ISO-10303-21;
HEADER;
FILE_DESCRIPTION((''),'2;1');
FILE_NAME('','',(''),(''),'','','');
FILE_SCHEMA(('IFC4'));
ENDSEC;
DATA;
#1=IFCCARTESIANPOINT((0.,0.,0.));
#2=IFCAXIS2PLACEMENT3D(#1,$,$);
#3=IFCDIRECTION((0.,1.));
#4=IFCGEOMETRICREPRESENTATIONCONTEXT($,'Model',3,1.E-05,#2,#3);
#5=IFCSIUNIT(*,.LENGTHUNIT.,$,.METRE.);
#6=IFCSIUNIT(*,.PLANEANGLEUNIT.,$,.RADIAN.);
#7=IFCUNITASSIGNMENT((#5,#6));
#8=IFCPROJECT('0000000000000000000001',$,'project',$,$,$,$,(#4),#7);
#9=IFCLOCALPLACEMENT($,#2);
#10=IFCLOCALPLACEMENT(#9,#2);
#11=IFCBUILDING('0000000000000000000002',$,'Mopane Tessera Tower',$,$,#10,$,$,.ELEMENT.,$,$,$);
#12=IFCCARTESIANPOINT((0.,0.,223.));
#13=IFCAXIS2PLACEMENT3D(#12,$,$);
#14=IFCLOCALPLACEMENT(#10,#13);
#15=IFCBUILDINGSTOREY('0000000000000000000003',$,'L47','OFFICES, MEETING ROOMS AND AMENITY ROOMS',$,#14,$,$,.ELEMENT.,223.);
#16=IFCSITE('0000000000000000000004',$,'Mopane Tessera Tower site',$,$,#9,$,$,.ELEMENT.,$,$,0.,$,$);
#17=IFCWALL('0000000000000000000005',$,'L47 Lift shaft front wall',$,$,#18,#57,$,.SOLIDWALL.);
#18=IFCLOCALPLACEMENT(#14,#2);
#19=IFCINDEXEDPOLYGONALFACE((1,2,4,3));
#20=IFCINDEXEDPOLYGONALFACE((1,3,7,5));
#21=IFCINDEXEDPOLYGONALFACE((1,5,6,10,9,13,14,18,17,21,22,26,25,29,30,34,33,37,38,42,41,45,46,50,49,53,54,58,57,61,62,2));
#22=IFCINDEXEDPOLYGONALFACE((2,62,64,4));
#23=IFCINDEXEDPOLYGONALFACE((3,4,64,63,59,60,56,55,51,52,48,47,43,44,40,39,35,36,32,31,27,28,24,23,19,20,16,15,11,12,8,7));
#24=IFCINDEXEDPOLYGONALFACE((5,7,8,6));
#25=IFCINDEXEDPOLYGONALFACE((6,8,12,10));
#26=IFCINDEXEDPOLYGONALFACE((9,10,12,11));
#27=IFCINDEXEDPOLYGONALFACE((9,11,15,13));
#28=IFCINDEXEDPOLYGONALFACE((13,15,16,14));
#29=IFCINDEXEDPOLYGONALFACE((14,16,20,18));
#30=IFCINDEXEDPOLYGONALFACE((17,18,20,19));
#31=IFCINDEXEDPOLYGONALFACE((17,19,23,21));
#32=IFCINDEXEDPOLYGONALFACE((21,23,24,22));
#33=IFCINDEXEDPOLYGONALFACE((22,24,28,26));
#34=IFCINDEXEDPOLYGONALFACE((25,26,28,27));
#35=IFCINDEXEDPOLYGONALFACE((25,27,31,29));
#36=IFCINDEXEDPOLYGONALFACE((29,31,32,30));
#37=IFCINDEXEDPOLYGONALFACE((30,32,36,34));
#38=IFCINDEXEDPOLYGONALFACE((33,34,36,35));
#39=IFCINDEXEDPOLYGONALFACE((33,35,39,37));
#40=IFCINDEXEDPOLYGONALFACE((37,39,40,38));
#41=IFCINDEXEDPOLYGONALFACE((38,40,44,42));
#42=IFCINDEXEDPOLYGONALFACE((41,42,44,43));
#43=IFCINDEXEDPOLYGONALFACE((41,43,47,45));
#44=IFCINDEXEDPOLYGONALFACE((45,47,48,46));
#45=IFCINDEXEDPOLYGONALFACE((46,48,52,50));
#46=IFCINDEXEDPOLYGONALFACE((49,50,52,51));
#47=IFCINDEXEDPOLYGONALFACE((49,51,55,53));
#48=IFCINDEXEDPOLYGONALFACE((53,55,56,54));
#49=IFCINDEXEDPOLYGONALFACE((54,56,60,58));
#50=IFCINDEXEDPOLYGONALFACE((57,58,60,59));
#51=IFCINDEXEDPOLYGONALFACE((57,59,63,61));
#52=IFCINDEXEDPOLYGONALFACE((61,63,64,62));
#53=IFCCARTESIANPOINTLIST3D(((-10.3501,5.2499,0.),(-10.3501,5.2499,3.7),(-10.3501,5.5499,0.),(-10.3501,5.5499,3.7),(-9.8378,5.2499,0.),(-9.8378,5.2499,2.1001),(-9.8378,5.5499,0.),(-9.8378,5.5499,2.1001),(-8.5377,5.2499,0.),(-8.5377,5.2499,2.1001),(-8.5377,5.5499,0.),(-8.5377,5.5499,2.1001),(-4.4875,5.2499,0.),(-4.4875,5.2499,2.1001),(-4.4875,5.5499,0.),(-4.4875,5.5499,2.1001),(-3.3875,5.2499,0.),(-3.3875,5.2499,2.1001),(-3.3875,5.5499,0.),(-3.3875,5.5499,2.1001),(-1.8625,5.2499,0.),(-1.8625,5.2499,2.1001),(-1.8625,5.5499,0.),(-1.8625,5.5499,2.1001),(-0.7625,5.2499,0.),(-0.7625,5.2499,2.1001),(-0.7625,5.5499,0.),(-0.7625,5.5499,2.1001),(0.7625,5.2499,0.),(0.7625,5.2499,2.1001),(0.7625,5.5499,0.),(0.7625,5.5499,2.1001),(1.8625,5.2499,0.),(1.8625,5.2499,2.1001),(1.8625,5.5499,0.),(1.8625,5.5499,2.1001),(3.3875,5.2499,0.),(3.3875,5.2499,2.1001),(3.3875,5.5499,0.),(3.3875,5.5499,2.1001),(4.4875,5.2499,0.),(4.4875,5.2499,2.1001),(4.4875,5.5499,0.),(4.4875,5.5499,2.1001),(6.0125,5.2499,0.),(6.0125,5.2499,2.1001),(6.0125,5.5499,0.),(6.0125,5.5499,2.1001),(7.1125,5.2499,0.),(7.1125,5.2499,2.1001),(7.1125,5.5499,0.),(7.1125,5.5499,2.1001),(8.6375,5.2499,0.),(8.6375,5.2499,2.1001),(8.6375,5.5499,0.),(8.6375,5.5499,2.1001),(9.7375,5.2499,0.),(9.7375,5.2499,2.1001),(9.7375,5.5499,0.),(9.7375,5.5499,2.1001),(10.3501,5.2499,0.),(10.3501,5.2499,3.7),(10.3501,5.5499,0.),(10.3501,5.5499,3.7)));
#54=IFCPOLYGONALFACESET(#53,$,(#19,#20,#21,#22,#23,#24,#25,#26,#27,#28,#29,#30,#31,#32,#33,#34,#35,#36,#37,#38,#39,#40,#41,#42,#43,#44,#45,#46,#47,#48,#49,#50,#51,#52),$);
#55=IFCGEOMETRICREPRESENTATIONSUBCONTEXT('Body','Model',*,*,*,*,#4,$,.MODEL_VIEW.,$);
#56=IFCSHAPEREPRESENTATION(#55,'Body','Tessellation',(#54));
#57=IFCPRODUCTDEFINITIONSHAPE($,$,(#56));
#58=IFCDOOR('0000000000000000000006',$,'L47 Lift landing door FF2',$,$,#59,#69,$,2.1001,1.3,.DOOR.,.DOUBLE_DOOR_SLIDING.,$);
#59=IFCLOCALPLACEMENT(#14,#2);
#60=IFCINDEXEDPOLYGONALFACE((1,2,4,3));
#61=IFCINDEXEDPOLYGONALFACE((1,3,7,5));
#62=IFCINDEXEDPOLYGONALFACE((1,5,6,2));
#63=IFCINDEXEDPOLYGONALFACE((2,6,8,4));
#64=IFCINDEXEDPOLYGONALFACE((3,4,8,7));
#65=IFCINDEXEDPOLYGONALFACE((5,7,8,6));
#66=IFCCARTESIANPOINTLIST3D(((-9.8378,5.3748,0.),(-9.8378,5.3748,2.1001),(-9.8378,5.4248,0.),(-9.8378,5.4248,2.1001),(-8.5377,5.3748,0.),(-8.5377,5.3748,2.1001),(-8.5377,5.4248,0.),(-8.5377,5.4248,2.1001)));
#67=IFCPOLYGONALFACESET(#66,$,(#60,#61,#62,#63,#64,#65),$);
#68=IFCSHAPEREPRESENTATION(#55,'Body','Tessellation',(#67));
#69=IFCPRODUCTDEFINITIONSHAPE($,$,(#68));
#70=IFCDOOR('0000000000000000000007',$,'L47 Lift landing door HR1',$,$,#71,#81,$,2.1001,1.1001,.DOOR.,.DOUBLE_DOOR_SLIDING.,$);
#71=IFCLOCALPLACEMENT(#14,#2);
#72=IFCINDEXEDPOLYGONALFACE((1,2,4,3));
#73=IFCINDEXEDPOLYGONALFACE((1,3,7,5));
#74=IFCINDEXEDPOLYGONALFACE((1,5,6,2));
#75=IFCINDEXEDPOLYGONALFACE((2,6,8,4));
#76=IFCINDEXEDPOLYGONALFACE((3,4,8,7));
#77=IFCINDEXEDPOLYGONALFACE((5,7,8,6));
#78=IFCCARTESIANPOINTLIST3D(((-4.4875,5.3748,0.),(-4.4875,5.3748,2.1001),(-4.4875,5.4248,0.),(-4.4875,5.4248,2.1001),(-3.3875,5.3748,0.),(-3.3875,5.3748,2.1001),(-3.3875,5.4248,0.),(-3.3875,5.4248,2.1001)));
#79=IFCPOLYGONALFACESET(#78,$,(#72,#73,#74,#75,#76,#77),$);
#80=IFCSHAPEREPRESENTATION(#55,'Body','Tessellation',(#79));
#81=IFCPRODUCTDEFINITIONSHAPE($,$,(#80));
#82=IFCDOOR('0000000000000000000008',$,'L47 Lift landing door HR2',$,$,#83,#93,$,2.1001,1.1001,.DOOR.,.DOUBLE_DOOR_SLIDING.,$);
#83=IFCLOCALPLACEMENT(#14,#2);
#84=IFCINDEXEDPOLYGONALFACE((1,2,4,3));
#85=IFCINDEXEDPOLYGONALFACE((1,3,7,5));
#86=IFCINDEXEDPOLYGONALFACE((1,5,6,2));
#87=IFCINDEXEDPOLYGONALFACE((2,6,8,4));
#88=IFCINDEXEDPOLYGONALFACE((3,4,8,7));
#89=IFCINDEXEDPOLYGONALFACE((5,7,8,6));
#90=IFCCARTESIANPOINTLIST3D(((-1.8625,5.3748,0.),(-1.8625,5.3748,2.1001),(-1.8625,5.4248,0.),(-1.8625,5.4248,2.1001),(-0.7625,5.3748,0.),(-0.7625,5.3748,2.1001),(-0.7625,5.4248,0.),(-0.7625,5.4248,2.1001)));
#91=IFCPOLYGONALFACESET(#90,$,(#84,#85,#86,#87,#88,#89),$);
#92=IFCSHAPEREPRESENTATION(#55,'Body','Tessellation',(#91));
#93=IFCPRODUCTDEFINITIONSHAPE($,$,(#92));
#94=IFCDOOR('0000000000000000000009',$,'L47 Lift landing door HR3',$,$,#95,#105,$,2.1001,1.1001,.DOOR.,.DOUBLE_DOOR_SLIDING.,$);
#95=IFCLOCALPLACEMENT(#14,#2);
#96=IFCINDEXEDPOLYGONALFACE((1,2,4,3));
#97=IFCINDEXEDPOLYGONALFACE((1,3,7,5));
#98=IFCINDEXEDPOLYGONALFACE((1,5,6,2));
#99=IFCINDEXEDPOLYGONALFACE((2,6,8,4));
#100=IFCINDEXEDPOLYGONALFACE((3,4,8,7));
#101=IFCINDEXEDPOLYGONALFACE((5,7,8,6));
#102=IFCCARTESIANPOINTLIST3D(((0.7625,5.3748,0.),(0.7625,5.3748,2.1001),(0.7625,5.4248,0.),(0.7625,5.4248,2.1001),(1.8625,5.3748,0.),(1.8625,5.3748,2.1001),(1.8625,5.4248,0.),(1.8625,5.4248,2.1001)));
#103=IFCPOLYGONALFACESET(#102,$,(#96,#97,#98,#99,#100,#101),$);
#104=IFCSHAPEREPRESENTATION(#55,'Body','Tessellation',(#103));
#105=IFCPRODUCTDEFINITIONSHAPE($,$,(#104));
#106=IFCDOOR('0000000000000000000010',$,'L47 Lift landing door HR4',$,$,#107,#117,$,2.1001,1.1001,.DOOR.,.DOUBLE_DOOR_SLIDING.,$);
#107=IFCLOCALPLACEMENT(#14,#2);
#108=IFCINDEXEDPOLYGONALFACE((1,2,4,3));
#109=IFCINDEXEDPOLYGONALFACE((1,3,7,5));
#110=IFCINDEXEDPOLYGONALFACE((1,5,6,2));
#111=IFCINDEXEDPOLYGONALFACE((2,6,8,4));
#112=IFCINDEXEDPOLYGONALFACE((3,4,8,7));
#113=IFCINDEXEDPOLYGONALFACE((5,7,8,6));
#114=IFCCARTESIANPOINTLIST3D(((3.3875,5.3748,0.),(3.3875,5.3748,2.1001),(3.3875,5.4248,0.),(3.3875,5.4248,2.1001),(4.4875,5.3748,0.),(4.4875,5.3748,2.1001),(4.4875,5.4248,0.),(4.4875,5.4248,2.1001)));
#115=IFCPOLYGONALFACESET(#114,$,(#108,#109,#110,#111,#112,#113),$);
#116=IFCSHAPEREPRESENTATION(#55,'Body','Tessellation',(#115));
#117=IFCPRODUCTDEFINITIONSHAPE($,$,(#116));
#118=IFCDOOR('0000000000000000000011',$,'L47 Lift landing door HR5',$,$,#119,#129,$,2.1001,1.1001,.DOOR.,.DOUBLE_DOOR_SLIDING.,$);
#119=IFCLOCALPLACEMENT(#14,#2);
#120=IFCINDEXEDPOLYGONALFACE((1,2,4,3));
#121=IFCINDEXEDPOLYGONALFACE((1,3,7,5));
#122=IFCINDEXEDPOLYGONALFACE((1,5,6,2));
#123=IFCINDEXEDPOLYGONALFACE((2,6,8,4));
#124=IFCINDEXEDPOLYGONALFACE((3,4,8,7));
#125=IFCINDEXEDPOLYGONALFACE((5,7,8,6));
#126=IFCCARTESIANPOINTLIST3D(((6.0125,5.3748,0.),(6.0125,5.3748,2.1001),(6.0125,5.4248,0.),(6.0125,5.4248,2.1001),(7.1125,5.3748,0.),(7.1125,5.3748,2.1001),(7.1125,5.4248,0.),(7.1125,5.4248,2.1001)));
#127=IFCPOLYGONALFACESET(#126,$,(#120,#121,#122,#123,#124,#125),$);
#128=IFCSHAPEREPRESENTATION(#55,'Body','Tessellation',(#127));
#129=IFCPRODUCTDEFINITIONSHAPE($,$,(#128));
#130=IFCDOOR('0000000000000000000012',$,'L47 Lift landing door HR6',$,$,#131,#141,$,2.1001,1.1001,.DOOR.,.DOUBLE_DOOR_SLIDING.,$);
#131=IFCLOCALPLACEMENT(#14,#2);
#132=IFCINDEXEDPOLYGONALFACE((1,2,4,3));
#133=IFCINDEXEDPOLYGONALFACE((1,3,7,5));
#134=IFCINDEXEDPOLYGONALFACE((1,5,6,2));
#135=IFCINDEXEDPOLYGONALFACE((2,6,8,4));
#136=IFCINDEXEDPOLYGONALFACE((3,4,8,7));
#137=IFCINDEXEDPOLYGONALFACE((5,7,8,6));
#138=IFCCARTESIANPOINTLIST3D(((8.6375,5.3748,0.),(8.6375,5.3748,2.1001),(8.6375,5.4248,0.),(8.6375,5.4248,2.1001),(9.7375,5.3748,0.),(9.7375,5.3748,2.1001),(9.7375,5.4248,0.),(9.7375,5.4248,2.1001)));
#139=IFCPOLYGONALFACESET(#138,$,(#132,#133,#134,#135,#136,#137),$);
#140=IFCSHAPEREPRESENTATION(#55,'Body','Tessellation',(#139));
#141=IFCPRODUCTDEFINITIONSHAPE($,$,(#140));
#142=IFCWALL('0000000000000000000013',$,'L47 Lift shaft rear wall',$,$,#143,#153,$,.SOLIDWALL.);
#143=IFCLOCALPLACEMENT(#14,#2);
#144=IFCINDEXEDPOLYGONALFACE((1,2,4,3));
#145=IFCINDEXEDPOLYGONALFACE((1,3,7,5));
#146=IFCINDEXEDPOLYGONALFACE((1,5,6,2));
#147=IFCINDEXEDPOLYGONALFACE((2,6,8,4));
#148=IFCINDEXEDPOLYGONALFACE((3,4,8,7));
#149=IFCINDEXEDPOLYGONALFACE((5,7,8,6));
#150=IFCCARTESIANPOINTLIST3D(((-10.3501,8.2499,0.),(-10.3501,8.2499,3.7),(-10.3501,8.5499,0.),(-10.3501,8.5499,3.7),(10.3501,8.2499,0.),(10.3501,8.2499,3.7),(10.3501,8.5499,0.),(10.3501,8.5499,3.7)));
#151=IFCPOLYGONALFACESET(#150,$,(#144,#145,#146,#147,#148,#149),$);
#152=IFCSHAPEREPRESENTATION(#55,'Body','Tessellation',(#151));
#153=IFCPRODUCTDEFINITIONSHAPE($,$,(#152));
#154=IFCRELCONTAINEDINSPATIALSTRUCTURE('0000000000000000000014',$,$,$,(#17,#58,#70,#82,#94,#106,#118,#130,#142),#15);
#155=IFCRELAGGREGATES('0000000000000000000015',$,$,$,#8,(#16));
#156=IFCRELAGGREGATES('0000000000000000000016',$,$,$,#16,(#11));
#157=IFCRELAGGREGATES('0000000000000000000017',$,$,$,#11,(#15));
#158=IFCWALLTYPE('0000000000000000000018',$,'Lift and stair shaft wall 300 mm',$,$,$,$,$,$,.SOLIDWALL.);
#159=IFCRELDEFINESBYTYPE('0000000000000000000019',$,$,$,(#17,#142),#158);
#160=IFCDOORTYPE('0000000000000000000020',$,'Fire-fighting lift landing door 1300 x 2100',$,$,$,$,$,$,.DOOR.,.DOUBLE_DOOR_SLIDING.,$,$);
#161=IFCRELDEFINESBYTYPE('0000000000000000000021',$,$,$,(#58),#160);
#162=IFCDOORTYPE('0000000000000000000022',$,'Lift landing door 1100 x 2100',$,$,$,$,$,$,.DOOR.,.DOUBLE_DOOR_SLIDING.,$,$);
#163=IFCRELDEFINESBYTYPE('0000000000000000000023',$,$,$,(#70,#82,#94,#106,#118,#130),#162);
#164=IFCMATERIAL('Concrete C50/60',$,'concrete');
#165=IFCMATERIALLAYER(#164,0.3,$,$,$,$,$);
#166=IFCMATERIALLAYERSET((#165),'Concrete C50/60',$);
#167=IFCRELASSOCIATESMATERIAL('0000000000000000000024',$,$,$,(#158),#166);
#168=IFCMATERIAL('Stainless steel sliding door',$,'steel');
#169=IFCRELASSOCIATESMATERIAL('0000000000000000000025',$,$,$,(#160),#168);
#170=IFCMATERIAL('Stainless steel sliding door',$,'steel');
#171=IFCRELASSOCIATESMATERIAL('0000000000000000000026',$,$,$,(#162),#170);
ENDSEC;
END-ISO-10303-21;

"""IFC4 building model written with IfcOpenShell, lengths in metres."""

from ifc_helpers import new_model, si_unit, direction, frame, frame_2d, origin, place, context, subcontext, project, spatial, rectangle, extrude, material, layer, layer_set, type_object, element, fill, save


model = new_model("IFC4")

# Units and contexts
model_context = context("Model", 3, precision=1e-05, world=origin(), true_north=direction((0.0, 1.0)))
body_context = subcontext(model_context, "Body", "Model", "MODEL_VIEW")
ifc_project = project(units=[si_unit("LENGTHUNIT", "METRE"), si_unit("PLANEANGLEUNIT", "RADIAN")], contexts=[model_context])

# Site, building, storey
site_placement = place(None, origin())
site = spatial("IfcSite", under=ifc_project, at=site_placement, Name="Mopane Tessera Tower site", CompositionType="ELEMENT", RefElevation=0.0)
building_placement = place(site_placement, origin())
building = spatial("IfcBuilding", under=site, at=building_placement, Name="Mopane Tessera Tower", CompositionType="ELEMENT")
storey_placement = place(building_placement, frame((0.0, 0.0, 223.0)))
storey = spatial("IfcBuildingStorey", under=building, at=storey_placement, Name="L47", Description="OFFICES, MEETING ROOMS AND AMENITY ROOMS", CompositionType="ELEMENT", Elevation=223.0)

# Shared definitions
ifc_material_1 = material(Name="Concrete C50/60", Category="concrete")
ifc_layer_1 = layer(ifc_material_1, 0.3)
ifc_layer_set_1 = layer_set([ifc_layer_1], Name="Concrete C50/60")
wall_type_1 = type_object("IfcWallType", Name="Lift and stair shaft wall 300 mm", PredefinedType="SOLIDWALL", material=ifc_layer_set_1)

# Wall, openings, doors
ifc_material_2 = material(Name="Stainless steel sliding door", Category="steel")
door_type_1 = type_object("IfcDoorType", Name="Fire-fighting lift landing door 1300 x 2100", OperationType="DOUBLE_DOOR_SLIDING", PredefinedType="DOOR", material=ifc_material_2)
wall_1_placement = place(storey_placement, frame((-10.3501, 5.3999, 0.0), z_axis=(0.0, 0.0, 1.0), x_axis=(1.0, 0.0, 0.0)))
wall_1 = element("IfcWall", 1, at=wall_1_placement, inside=storey, type_object=wall_type_1, Name="L47 Lift shaft front wall", PredefinedType="SOLIDWALL", context=body_context, shape_type="SweptSolid", body=[
    extrude(rectangle(XDim=20.7002, YDim=0.3, at=frame_2d((10.3501, 0.0))), origin(), (0.0, 0.0, 1.0), 3.7),
])
opening_1_placement = place(wall_1_placement, frame((0.5125, 0.0, 0.0)))
opening_1 = element("IfcOpeningElement", 2, at=opening_1_placement, cuts=wall_1, PredefinedType="OPENING", context=body_context, shape_type="SweptSolid", body=[
    extrude(rectangle(XDim=1.3, YDim=2.1001, at=frame_2d((0.6499, 1.05))), frame((0.0, 0.1621, 0.0), z_axis=(0.0, -1.0, 0.0), x_axis=(1.0, 0.0, 0.0)), (0.0, 0.0, 1.0), 0.324),
])
opening_2_placement = place(wall_1_placement, frame((5.8625, 0.0, 0.0)))
opening_2 = element("IfcOpeningElement", 3, at=opening_2_placement, cuts=wall_1, PredefinedType="OPENING", context=body_context, shape_type="SweptSolid", body=[
    extrude(rectangle(XDim=1.1001, YDim=2.1001, at=frame_2d((0.55, 1.05))), frame((0.0, 0.1621, 0.0), z_axis=(0.0, -1.0, 0.0), x_axis=(1.0, 0.0, 0.0)), (0.0, 0.0, 1.0), 0.324),
])
opening_3_placement = place(wall_1_placement, frame((8.4875, 0.0, 0.0)))
opening_3 = element("IfcOpeningElement", 4, at=opening_3_placement, cuts=wall_1, PredefinedType="OPENING", context=body_context, shape_type="SweptSolid", body=[
    extrude(rectangle(XDim=1.1001, YDim=2.1001, at=frame_2d((0.55, 1.05))), frame((0.0, 0.1621, 0.0), z_axis=(0.0, -1.0, 0.0), x_axis=(1.0, 0.0, 0.0)), (0.0, 0.0, 1.0), 0.324),
])
opening_4_placement = place(wall_1_placement, frame((11.1125, 0.0, 0.0)))
opening_4 = element("IfcOpeningElement", 5, at=opening_4_placement, cuts=wall_1, PredefinedType="OPENING", context=body_context, shape_type="SweptSolid", body=[
    extrude(rectangle(XDim=1.1001, YDim=2.1001, at=frame_2d((0.55, 1.05))), frame((0.0, 0.1621, 0.0), z_axis=(0.0, -1.0, 0.0), x_axis=(1.0, 0.0, 0.0)), (0.0, 0.0, 1.0), 0.324),
])
opening_5_placement = place(wall_1_placement, frame((13.7375, 0.0, 0.0)))
opening_5 = element("IfcOpeningElement", 6, at=opening_5_placement, cuts=wall_1, PredefinedType="OPENING", context=body_context, shape_type="SweptSolid", body=[
    extrude(rectangle(XDim=1.1001, YDim=2.1001, at=frame_2d((0.55, 1.05))), frame((0.0, 0.1621, 0.0), z_axis=(0.0, -1.0, 0.0), x_axis=(1.0, 0.0, 0.0)), (0.0, 0.0, 1.0), 0.324),
])
opening_6_placement = place(wall_1_placement, frame((16.3625, 0.0, 0.0)))
opening_6 = element("IfcOpeningElement", 7, at=opening_6_placement, cuts=wall_1, PredefinedType="OPENING", context=body_context, shape_type="SweptSolid", body=[
    extrude(rectangle(XDim=1.1001, YDim=2.1001, at=frame_2d((0.55, 1.05))), frame((0.0, 0.1621, 0.0), z_axis=(0.0, -1.0, 0.0), x_axis=(1.0, 0.0, 0.0)), (0.0, 0.0, 1.0), 0.324),
])
opening_7_placement = place(wall_1_placement, frame((18.9875, 0.0, 0.0)))
opening_7 = element("IfcOpeningElement", 8, at=opening_7_placement, cuts=wall_1, PredefinedType="OPENING", context=body_context, shape_type="SweptSolid", body=[
    extrude(rectangle(XDim=1.1001, YDim=2.1001, at=frame_2d((0.55, 1.05))), frame((0.0, 0.1621, 0.0), z_axis=(0.0, -1.0, 0.0), x_axis=(1.0, 0.0, 0.0)), (0.0, 0.0, 1.0), 0.324),
])
door_1_placement = place(opening_1_placement, origin())
door_1 = element("IfcDoor", 9, at=door_1_placement, inside=storey, type_object=door_type_1, Name="L47 Lift landing door FF2", OperationType="DOUBLE_DOOR_SLIDING", OverallHeight=2.1001, OverallWidth=1.3, PredefinedType="DOOR", context=body_context, shape_type="SweptSolid", body=[
    extrude(rectangle(XDim=1.3, YDim=2.1001, at=frame_2d((0.6499, 1.05))), frame((0.0, 0.0249, 0.0), z_axis=(0.0, -1.0, 0.0), x_axis=(1.0, 0.0, 0.0)), (0.0, 0.0, 1.0), 0.05),
])
fill(opening_1, door_1)
ifc_material_3 = material(Name="Stainless steel sliding door", Category="steel")
door_type_2 = type_object("IfcDoorType", Name="Lift landing door 1100 x 2100", OperationType="DOUBLE_DOOR_SLIDING", PredefinedType="DOOR", material=ifc_material_3)
door_2_placement = place(opening_2_placement, origin())
door_2 = element("IfcDoor", 10, at=door_2_placement, inside=storey, type_object=door_type_2, Name="L47 Lift landing door HR1", OperationType="DOUBLE_DOOR_SLIDING", OverallHeight=2.1001, OverallWidth=1.1001, PredefinedType="DOOR", context=body_context, shape_type="SweptSolid", body=[
    extrude(rectangle(XDim=1.1001, YDim=2.1001, at=frame_2d((0.55, 1.05))), frame((0.0, 0.0249, 0.0), z_axis=(0.0, -1.0, 0.0), x_axis=(1.0, 0.0, 0.0)), (0.0, 0.0, 1.0), 0.05),
])
fill(opening_2, door_2)
door_3_placement = place(opening_3_placement, origin())
door_3 = element("IfcDoor", 11, at=door_3_placement, inside=storey, type_object=door_type_2, Name="L47 Lift landing door HR2", OperationType="DOUBLE_DOOR_SLIDING", OverallHeight=2.1001, OverallWidth=1.1001, PredefinedType="DOOR", context=body_context, shape_type="SweptSolid", body=[
    extrude(rectangle(XDim=1.1001, YDim=2.1001, at=frame_2d((0.55, 1.05))), frame((0.0, 0.0249, 0.0), z_axis=(0.0, -1.0, 0.0), x_axis=(1.0, 0.0, 0.0)), (0.0, 0.0, 1.0), 0.05),
])
fill(opening_3, door_3)
door_4_placement = place(opening_4_placement, origin())
door_4 = element("IfcDoor", 12, at=door_4_placement, inside=storey, type_object=door_type_2, Name="L47 Lift landing door HR3", OperationType="DOUBLE_DOOR_SLIDING", OverallHeight=2.1001, OverallWidth=1.1001, PredefinedType="DOOR", context=body_context, shape_type="SweptSolid", body=[
    extrude(rectangle(XDim=1.1001, YDim=2.1001, at=frame_2d((0.55, 1.05))), frame((0.0, 0.0249, 0.0), z_axis=(0.0, -1.0, 0.0), x_axis=(1.0, 0.0, 0.0)), (0.0, 0.0, 1.0), 0.05),
])
fill(opening_4, door_4)
door_5_placement = place(opening_5_placement, origin())
door_5 = element("IfcDoor", 13, at=door_5_placement, inside=storey, type_object=door_type_2, Name="L47 Lift landing door HR4", OperationType="DOUBLE_DOOR_SLIDING", OverallHeight=2.1001, OverallWidth=1.1001, PredefinedType="DOOR", context=body_context, shape_type="SweptSolid", body=[
    extrude(rectangle(XDim=1.1001, YDim=2.1001, at=frame_2d((0.55, 1.05))), frame((0.0, 0.0249, 0.0), z_axis=(0.0, -1.0, 0.0), x_axis=(1.0, 0.0, 0.0)), (0.0, 0.0, 1.0), 0.05),
])
fill(opening_5, door_5)
door_6_placement = place(opening_6_placement, origin())
door_6 = element("IfcDoor", 14, at=door_6_placement, inside=storey, type_object=door_type_2, Name="L47 Lift landing door HR5", OperationType="DOUBLE_DOOR_SLIDING", OverallHeight=2.1001, OverallWidth=1.1001, PredefinedType="DOOR", context=body_context, shape_type="SweptSolid", body=[
    extrude(rectangle(XDim=1.1001, YDim=2.1001, at=frame_2d((0.55, 1.05))), frame((0.0, 0.0249, 0.0), z_axis=(0.0, -1.0, 0.0), x_axis=(1.0, 0.0, 0.0)), (0.0, 0.0, 1.0), 0.05),
])
fill(opening_6, door_6)
door_7_placement = place(opening_7_placement, origin())
door_7 = element("IfcDoor", 15, at=door_7_placement, inside=storey, type_object=door_type_2, Name="L47 Lift landing door HR6", OperationType="DOUBLE_DOOR_SLIDING", OverallHeight=2.1001, OverallWidth=1.1001, PredefinedType="DOOR", context=body_context, shape_type="SweptSolid", body=[
    extrude(rectangle(XDim=1.1001, YDim=2.1001, at=frame_2d((0.55, 1.05))), frame((0.0, 0.0249, 0.0), z_axis=(0.0, -1.0, 0.0), x_axis=(1.0, 0.0, 0.0)), (0.0, 0.0, 1.0), 0.05),
])
fill(opening_7, door_7)

# Wall
wall_2_placement = place(storey_placement, frame((-10.3501, 8.3999, 0.0), z_axis=(0.0, 0.0, 1.0), x_axis=(1.0, 0.0, 0.0)))
element("IfcWall", 16, at=wall_2_placement, inside=storey, type_object=wall_type_1, Name="L47 Lift shaft rear wall", PredefinedType="SOLIDWALL", context=body_context, shape_type="SweptSolid", body=[
    extrude(rectangle(XDim=20.7002, YDim=0.3, at=frame_2d((10.3501, 0.0))), origin(), (0.0, 0.0, 1.0), 3.7),
])

save(model, "model.ifc")
